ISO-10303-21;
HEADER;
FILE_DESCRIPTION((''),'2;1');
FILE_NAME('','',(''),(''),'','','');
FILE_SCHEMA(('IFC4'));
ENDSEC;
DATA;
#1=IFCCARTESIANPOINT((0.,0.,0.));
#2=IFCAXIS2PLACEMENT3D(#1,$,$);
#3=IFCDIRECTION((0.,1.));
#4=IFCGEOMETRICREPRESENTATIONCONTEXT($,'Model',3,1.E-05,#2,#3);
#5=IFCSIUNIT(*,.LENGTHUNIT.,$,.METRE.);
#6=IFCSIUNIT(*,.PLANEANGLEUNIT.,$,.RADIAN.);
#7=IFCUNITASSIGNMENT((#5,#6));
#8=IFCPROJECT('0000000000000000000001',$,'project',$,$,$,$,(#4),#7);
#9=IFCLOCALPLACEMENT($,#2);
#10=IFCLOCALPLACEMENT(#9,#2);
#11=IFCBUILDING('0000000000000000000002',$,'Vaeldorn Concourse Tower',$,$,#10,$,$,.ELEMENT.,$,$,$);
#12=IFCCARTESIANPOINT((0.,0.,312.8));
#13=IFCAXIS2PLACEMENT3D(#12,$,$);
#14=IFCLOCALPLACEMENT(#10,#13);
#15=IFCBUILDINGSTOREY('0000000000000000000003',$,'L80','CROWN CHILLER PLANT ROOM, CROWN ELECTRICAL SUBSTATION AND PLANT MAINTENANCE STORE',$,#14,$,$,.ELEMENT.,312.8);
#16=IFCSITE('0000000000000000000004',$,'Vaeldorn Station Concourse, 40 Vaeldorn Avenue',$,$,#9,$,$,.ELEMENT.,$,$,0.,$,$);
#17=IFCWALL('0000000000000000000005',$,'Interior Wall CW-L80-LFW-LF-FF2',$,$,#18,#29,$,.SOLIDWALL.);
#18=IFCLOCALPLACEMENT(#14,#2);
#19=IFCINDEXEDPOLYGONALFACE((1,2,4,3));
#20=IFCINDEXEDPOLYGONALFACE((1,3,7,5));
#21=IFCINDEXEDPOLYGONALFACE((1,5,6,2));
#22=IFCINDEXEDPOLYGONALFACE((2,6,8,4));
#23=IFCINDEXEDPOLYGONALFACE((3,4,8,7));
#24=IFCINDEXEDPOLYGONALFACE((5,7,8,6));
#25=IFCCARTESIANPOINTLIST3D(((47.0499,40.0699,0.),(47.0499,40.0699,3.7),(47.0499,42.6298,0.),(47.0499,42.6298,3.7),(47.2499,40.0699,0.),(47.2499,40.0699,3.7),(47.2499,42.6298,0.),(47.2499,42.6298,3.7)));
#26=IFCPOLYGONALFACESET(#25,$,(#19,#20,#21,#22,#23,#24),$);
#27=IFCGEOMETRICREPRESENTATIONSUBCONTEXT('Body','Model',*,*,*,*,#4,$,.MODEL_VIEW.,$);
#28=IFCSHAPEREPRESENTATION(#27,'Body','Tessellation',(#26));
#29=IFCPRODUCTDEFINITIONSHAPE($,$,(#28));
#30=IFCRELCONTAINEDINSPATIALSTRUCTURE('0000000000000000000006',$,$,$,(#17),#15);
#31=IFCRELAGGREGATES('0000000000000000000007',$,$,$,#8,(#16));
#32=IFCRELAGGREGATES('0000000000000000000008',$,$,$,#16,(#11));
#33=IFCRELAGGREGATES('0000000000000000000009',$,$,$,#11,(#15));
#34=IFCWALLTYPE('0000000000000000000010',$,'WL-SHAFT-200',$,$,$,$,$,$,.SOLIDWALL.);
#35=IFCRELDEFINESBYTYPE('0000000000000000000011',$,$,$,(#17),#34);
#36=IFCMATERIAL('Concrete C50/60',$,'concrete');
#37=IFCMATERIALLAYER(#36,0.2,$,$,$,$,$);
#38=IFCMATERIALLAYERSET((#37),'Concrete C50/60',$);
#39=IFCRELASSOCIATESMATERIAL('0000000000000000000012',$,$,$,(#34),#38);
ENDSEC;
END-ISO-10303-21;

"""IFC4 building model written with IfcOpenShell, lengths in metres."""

from ifc_helpers import new_model, si_unit, direction, frame, frame_2d, origin, place, context, subcontext, project, spatial, rectangle, extrude, material, layer, layer_set, type_object, element, save


model = new_model("IFC4")

# Units and contexts
model_context = context("Model", 3, precision=1e-05, world=origin(), true_north=direction((0.0, 1.0)))
body_context = subcontext(model_context, "Body", "Model", "MODEL_VIEW")
ifc_project = project(units=[si_unit("LENGTHUNIT", "METRE"), si_unit("PLANEANGLEUNIT", "RADIAN")], contexts=[model_context])

# Site, building, storey
site_placement = place(None, origin())
site = spatial("IfcSite", under=ifc_project, at=site_placement, Name="Vaeldorn Station Concourse, 40 Vaeldorn Avenue", CompositionType="ELEMENT", RefElevation=0.0)
building_placement = place(site_placement, origin())
building = spatial("IfcBuilding", under=site, at=building_placement, Name="Vaeldorn Concourse Tower", CompositionType="ELEMENT")
storey_placement = place(building_placement, frame((0.0, 0.0, 312.8)))
storey = spatial("IfcBuildingStorey", under=building, at=storey_placement, Name="L80", Description="CROWN CHILLER PLANT ROOM, CROWN ELECTRICAL SUBSTATION AND PLANT MAINTENANCE STORE", CompositionType="ELEMENT", Elevation=312.8)

# Shared definitions
ifc_material_1 = material(Name="Concrete C50/60", Category="concrete")

# Shared definitions
ifc_layer_1 = layer(ifc_material_1, 0.2)
ifc_layer_set_1 = layer_set([ifc_layer_1], Name="Concrete C50/60")
wall_type_1 = type_object("IfcWallType", Name="WL-SHAFT-200", PredefinedType="SOLIDWALL", material=ifc_layer_set_1)

# Wall
wall_1_placement = place(storey_placement, frame((47.1499, 40.0701, 0.0), z_axis=(0.0, 0.0, 1.0), x_axis=(0.0, 1.0, 0.0)))
element("IfcWall", 1, at=wall_1_placement, inside=storey, type_object=wall_type_1, Name="Interior Wall CW-L80-LFW-LF-FF2", PredefinedType="SOLIDWALL", context=body_context, shape_type="SweptSolid", body=[
    extrude(rectangle(XDim=2.5598, YDim=0.2, at=frame_2d((1.2798, 0.0))), origin(), (0.0, 0.0, 1.0), 3.7),
])

save(model, "model.ifc")
